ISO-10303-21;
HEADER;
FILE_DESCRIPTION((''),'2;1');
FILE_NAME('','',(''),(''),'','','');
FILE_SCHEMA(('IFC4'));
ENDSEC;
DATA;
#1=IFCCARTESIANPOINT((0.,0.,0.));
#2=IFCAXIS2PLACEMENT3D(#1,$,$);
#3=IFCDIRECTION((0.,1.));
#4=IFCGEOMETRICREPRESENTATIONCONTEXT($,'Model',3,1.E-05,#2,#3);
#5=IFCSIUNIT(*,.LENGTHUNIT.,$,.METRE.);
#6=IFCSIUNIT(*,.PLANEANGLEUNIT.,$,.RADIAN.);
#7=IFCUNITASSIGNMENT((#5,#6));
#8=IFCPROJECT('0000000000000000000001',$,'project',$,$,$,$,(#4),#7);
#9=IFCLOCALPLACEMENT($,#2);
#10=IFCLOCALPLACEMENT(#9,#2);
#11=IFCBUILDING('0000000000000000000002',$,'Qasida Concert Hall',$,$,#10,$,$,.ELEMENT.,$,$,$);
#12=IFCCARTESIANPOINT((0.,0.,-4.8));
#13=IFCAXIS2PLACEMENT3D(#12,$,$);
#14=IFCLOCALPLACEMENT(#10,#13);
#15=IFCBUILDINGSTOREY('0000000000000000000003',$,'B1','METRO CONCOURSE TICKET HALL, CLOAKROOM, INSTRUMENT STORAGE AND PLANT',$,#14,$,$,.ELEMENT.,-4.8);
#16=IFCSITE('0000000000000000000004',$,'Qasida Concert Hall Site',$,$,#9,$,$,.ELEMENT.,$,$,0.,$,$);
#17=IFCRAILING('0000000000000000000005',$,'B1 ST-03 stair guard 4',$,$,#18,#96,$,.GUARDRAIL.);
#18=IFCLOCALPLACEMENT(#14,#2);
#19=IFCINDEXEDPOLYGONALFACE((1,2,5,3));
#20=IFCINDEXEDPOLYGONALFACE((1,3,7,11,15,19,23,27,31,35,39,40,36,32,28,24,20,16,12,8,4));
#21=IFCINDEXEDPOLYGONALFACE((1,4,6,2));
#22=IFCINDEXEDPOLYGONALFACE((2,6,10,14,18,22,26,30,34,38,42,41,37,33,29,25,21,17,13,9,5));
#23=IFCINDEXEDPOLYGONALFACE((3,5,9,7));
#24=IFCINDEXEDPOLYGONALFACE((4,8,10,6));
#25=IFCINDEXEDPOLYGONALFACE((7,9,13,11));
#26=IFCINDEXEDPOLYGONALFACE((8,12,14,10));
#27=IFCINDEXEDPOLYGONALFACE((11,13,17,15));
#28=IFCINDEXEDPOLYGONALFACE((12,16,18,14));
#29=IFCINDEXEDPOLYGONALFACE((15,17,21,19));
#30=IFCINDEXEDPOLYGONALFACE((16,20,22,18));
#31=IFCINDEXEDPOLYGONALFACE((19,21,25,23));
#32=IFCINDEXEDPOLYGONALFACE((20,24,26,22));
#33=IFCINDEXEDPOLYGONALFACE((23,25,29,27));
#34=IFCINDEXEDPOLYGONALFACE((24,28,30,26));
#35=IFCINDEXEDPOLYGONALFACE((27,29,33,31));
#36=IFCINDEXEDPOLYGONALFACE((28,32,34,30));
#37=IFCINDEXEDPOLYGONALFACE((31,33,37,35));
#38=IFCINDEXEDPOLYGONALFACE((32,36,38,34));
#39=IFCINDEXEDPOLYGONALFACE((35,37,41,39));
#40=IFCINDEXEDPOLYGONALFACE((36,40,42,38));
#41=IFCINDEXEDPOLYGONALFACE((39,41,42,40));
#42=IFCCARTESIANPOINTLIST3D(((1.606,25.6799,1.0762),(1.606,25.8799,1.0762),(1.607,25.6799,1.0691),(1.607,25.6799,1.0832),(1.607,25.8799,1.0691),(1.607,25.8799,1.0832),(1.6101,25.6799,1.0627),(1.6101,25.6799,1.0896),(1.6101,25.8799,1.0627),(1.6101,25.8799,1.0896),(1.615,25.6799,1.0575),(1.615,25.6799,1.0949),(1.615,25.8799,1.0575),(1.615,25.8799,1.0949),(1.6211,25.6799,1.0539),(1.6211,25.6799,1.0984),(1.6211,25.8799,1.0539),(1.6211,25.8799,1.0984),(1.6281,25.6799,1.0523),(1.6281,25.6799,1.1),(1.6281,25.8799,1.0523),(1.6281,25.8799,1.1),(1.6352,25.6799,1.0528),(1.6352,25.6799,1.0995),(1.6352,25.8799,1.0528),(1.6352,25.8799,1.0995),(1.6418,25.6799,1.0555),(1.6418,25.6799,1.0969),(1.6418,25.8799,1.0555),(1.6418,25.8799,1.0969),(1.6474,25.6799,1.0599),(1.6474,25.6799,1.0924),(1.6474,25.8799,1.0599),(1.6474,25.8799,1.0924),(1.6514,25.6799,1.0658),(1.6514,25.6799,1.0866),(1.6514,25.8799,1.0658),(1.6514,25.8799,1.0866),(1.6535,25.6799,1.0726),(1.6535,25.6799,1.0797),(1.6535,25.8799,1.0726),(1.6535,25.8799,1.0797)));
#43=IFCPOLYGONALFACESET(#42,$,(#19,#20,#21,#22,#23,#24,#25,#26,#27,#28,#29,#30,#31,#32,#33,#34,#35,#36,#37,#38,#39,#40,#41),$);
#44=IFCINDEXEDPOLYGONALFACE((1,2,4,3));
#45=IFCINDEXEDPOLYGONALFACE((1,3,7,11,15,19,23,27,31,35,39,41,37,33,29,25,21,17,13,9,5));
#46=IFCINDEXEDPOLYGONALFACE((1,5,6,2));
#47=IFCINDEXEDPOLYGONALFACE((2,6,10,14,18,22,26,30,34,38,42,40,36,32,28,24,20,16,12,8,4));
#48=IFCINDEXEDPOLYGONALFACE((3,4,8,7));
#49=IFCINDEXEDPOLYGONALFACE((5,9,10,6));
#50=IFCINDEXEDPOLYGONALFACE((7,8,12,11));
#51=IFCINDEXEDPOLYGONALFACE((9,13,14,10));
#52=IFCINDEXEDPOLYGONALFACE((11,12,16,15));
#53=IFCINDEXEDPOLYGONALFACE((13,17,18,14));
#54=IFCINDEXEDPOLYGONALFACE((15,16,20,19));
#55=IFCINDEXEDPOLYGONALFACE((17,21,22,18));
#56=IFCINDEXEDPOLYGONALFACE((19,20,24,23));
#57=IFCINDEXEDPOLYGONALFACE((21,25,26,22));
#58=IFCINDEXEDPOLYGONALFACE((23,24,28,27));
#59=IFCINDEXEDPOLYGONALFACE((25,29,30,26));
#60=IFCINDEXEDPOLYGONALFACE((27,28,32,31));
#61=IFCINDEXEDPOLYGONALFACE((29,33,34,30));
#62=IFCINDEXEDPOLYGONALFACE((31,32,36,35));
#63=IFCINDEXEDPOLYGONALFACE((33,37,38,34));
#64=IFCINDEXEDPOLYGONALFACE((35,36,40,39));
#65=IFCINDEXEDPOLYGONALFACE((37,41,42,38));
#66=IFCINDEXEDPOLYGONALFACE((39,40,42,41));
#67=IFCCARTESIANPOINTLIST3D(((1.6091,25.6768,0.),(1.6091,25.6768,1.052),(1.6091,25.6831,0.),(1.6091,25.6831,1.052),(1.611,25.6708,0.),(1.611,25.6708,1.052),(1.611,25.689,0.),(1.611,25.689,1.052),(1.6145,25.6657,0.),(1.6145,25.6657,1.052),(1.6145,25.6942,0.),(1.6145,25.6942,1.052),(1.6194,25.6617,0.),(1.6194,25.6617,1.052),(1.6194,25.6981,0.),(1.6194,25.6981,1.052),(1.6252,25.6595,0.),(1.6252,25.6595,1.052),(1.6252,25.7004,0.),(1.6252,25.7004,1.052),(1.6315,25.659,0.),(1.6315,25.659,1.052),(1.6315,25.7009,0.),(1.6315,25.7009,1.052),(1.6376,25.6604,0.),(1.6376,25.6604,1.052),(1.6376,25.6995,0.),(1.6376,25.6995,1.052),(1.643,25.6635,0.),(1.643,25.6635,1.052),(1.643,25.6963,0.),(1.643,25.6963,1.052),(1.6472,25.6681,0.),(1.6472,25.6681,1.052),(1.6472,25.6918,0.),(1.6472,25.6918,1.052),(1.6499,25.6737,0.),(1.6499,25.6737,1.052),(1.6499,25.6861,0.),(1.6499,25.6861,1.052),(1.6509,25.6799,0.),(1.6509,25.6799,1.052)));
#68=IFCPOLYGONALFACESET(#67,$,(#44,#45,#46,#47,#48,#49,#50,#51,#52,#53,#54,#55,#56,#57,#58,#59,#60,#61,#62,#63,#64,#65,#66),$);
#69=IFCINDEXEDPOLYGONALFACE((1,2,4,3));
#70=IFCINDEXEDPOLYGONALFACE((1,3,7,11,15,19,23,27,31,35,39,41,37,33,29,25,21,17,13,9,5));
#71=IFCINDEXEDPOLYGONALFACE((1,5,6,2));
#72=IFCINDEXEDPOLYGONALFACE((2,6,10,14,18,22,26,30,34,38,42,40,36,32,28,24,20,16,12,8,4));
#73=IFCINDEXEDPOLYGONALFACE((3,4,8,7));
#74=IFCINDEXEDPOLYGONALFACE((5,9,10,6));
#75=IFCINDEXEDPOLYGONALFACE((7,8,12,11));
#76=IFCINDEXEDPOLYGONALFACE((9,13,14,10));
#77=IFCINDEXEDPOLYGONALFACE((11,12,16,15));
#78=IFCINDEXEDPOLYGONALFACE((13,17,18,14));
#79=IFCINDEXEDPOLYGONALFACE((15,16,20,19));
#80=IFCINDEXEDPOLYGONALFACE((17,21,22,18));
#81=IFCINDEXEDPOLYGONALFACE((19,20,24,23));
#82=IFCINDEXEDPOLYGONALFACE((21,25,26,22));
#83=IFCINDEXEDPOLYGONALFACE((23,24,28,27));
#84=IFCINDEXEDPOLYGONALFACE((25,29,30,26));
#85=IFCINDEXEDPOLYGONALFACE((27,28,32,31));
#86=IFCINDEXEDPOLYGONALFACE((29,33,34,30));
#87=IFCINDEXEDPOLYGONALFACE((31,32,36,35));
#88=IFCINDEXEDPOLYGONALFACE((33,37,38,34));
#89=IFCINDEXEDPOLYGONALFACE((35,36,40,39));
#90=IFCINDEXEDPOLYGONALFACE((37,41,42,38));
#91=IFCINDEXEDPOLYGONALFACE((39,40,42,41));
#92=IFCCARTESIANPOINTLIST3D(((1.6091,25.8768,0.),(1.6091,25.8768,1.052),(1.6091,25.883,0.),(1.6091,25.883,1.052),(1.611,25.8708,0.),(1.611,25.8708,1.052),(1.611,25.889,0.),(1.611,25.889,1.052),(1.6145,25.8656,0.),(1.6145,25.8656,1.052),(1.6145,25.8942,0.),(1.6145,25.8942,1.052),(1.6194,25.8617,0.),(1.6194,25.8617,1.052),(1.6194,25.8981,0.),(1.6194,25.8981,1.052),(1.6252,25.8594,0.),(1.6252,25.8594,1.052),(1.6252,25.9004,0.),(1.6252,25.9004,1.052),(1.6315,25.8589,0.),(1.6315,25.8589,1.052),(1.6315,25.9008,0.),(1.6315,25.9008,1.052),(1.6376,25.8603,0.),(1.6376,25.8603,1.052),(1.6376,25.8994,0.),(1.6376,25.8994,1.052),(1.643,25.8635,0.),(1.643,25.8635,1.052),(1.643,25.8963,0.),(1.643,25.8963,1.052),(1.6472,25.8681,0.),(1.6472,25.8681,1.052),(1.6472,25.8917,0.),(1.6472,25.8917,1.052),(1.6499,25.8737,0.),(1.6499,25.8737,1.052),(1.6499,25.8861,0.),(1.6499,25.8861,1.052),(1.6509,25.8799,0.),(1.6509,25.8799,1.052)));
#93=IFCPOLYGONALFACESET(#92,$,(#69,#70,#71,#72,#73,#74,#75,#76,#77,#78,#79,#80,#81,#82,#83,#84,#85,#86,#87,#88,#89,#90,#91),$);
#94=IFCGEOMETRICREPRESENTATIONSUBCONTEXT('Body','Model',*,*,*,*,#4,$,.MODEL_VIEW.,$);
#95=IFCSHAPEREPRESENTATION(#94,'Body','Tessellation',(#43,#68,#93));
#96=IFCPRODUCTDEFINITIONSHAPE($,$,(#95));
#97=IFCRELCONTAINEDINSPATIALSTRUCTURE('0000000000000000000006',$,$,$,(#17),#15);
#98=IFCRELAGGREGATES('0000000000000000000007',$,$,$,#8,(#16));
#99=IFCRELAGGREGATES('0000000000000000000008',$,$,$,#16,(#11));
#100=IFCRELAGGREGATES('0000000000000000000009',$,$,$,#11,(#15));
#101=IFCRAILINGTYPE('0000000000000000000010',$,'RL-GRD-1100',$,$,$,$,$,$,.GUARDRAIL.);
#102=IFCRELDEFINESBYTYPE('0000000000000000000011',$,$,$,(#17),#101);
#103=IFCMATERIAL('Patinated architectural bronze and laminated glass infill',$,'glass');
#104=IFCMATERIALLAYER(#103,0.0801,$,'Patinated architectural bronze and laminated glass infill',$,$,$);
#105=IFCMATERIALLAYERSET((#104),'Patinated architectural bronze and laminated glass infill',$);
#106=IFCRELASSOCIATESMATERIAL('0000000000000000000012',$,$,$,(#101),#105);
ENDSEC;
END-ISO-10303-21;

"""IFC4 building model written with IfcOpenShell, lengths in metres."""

from ifc_helpers import new_model, si_unit, direction, frame, origin, origin_2d, place, context, subcontext, project, spatial, circle, extrude, material, layer, layer_set, type_object, element, save


model = new_model("IFC4")

# Units and contexts
model_context = context("Model", 3, precision=1e-05, world=origin(), true_north=direction((0.0, 1.0)))
body_context = subcontext(model_context, "Body", "Model", "MODEL_VIEW")
ifc_project = project(units=[si_unit("LENGTHUNIT", "METRE"), si_unit("PLANEANGLEUNIT", "RADIAN")], contexts=[model_context])

# Site, building, storey
site_placement = place(None, origin())
site = spatial("IfcSite", under=ifc_project, at=site_placement, Name="Qasida Concert Hall Site", CompositionType="ELEMENT", RefElevation=0.0)
building_placement = place(site_placement, origin())
building = spatial("IfcBuilding", under=site, at=building_placement, Name="Qasida Concert Hall", CompositionType="ELEMENT")
storey_placement = place(building_placement, frame((0.0, 0.0, -4.8)))
storey = spatial("IfcBuildingStorey", under=building, at=storey_placement, Name="B1", Description="METRO CONCOURSE TICKET HALL, CLOAKROOM, INSTRUMENT STORAGE AND PLANT", CompositionType="ELEMENT", Elevation=-4.8)

# Railing
ifc_material_1 = material(Name="Patinated architectural bronze and laminated glass infill", Category="glass")
ifc_layer_1 = layer(ifc_material_1, 0.0801, Name="Patinated architectural bronze and laminated glass infill")
ifc_layer_set_1 = layer_set([ifc_layer_1], Name="Patinated architectural bronze and laminated glass infill")
railing_type_1 = type_object("IfcRailingType", Name="RL-GRD-1100", PredefinedType="GUARDRAIL", material=ifc_layer_set_1)
railing_1_placement = place(storey_placement, frame((1.6299, 25.6799, 0.0)))
element("IfcRailing", 1, at=railing_1_placement, inside=storey, type_object=railing_type_1, Name="B1 ST-03 stair guard 4", PredefinedType="GUARDRAIL", context=body_context, shape_type="SweptSolid", body=[
    extrude(circle(Radius=0.0239, at=origin_2d()), frame((0.0, 0.0, 1.0762), z_axis=(0.0, 1.0, 0.0), x_axis=(-1.0, 0.0, 0.0)), (0.0, 0.0, 1.0), 0.2),
    extrude(circle(Radius=0.021, at=origin_2d()), origin(), (0.0, 0.0, 1.0), 1.052),
    extrude(circle(Radius=0.021, at=origin_2d()), frame((0.0, 0.2, 0.0)), (0.0, 0.0, 1.0), 1.052),
])

save(model, "model.ifc")
